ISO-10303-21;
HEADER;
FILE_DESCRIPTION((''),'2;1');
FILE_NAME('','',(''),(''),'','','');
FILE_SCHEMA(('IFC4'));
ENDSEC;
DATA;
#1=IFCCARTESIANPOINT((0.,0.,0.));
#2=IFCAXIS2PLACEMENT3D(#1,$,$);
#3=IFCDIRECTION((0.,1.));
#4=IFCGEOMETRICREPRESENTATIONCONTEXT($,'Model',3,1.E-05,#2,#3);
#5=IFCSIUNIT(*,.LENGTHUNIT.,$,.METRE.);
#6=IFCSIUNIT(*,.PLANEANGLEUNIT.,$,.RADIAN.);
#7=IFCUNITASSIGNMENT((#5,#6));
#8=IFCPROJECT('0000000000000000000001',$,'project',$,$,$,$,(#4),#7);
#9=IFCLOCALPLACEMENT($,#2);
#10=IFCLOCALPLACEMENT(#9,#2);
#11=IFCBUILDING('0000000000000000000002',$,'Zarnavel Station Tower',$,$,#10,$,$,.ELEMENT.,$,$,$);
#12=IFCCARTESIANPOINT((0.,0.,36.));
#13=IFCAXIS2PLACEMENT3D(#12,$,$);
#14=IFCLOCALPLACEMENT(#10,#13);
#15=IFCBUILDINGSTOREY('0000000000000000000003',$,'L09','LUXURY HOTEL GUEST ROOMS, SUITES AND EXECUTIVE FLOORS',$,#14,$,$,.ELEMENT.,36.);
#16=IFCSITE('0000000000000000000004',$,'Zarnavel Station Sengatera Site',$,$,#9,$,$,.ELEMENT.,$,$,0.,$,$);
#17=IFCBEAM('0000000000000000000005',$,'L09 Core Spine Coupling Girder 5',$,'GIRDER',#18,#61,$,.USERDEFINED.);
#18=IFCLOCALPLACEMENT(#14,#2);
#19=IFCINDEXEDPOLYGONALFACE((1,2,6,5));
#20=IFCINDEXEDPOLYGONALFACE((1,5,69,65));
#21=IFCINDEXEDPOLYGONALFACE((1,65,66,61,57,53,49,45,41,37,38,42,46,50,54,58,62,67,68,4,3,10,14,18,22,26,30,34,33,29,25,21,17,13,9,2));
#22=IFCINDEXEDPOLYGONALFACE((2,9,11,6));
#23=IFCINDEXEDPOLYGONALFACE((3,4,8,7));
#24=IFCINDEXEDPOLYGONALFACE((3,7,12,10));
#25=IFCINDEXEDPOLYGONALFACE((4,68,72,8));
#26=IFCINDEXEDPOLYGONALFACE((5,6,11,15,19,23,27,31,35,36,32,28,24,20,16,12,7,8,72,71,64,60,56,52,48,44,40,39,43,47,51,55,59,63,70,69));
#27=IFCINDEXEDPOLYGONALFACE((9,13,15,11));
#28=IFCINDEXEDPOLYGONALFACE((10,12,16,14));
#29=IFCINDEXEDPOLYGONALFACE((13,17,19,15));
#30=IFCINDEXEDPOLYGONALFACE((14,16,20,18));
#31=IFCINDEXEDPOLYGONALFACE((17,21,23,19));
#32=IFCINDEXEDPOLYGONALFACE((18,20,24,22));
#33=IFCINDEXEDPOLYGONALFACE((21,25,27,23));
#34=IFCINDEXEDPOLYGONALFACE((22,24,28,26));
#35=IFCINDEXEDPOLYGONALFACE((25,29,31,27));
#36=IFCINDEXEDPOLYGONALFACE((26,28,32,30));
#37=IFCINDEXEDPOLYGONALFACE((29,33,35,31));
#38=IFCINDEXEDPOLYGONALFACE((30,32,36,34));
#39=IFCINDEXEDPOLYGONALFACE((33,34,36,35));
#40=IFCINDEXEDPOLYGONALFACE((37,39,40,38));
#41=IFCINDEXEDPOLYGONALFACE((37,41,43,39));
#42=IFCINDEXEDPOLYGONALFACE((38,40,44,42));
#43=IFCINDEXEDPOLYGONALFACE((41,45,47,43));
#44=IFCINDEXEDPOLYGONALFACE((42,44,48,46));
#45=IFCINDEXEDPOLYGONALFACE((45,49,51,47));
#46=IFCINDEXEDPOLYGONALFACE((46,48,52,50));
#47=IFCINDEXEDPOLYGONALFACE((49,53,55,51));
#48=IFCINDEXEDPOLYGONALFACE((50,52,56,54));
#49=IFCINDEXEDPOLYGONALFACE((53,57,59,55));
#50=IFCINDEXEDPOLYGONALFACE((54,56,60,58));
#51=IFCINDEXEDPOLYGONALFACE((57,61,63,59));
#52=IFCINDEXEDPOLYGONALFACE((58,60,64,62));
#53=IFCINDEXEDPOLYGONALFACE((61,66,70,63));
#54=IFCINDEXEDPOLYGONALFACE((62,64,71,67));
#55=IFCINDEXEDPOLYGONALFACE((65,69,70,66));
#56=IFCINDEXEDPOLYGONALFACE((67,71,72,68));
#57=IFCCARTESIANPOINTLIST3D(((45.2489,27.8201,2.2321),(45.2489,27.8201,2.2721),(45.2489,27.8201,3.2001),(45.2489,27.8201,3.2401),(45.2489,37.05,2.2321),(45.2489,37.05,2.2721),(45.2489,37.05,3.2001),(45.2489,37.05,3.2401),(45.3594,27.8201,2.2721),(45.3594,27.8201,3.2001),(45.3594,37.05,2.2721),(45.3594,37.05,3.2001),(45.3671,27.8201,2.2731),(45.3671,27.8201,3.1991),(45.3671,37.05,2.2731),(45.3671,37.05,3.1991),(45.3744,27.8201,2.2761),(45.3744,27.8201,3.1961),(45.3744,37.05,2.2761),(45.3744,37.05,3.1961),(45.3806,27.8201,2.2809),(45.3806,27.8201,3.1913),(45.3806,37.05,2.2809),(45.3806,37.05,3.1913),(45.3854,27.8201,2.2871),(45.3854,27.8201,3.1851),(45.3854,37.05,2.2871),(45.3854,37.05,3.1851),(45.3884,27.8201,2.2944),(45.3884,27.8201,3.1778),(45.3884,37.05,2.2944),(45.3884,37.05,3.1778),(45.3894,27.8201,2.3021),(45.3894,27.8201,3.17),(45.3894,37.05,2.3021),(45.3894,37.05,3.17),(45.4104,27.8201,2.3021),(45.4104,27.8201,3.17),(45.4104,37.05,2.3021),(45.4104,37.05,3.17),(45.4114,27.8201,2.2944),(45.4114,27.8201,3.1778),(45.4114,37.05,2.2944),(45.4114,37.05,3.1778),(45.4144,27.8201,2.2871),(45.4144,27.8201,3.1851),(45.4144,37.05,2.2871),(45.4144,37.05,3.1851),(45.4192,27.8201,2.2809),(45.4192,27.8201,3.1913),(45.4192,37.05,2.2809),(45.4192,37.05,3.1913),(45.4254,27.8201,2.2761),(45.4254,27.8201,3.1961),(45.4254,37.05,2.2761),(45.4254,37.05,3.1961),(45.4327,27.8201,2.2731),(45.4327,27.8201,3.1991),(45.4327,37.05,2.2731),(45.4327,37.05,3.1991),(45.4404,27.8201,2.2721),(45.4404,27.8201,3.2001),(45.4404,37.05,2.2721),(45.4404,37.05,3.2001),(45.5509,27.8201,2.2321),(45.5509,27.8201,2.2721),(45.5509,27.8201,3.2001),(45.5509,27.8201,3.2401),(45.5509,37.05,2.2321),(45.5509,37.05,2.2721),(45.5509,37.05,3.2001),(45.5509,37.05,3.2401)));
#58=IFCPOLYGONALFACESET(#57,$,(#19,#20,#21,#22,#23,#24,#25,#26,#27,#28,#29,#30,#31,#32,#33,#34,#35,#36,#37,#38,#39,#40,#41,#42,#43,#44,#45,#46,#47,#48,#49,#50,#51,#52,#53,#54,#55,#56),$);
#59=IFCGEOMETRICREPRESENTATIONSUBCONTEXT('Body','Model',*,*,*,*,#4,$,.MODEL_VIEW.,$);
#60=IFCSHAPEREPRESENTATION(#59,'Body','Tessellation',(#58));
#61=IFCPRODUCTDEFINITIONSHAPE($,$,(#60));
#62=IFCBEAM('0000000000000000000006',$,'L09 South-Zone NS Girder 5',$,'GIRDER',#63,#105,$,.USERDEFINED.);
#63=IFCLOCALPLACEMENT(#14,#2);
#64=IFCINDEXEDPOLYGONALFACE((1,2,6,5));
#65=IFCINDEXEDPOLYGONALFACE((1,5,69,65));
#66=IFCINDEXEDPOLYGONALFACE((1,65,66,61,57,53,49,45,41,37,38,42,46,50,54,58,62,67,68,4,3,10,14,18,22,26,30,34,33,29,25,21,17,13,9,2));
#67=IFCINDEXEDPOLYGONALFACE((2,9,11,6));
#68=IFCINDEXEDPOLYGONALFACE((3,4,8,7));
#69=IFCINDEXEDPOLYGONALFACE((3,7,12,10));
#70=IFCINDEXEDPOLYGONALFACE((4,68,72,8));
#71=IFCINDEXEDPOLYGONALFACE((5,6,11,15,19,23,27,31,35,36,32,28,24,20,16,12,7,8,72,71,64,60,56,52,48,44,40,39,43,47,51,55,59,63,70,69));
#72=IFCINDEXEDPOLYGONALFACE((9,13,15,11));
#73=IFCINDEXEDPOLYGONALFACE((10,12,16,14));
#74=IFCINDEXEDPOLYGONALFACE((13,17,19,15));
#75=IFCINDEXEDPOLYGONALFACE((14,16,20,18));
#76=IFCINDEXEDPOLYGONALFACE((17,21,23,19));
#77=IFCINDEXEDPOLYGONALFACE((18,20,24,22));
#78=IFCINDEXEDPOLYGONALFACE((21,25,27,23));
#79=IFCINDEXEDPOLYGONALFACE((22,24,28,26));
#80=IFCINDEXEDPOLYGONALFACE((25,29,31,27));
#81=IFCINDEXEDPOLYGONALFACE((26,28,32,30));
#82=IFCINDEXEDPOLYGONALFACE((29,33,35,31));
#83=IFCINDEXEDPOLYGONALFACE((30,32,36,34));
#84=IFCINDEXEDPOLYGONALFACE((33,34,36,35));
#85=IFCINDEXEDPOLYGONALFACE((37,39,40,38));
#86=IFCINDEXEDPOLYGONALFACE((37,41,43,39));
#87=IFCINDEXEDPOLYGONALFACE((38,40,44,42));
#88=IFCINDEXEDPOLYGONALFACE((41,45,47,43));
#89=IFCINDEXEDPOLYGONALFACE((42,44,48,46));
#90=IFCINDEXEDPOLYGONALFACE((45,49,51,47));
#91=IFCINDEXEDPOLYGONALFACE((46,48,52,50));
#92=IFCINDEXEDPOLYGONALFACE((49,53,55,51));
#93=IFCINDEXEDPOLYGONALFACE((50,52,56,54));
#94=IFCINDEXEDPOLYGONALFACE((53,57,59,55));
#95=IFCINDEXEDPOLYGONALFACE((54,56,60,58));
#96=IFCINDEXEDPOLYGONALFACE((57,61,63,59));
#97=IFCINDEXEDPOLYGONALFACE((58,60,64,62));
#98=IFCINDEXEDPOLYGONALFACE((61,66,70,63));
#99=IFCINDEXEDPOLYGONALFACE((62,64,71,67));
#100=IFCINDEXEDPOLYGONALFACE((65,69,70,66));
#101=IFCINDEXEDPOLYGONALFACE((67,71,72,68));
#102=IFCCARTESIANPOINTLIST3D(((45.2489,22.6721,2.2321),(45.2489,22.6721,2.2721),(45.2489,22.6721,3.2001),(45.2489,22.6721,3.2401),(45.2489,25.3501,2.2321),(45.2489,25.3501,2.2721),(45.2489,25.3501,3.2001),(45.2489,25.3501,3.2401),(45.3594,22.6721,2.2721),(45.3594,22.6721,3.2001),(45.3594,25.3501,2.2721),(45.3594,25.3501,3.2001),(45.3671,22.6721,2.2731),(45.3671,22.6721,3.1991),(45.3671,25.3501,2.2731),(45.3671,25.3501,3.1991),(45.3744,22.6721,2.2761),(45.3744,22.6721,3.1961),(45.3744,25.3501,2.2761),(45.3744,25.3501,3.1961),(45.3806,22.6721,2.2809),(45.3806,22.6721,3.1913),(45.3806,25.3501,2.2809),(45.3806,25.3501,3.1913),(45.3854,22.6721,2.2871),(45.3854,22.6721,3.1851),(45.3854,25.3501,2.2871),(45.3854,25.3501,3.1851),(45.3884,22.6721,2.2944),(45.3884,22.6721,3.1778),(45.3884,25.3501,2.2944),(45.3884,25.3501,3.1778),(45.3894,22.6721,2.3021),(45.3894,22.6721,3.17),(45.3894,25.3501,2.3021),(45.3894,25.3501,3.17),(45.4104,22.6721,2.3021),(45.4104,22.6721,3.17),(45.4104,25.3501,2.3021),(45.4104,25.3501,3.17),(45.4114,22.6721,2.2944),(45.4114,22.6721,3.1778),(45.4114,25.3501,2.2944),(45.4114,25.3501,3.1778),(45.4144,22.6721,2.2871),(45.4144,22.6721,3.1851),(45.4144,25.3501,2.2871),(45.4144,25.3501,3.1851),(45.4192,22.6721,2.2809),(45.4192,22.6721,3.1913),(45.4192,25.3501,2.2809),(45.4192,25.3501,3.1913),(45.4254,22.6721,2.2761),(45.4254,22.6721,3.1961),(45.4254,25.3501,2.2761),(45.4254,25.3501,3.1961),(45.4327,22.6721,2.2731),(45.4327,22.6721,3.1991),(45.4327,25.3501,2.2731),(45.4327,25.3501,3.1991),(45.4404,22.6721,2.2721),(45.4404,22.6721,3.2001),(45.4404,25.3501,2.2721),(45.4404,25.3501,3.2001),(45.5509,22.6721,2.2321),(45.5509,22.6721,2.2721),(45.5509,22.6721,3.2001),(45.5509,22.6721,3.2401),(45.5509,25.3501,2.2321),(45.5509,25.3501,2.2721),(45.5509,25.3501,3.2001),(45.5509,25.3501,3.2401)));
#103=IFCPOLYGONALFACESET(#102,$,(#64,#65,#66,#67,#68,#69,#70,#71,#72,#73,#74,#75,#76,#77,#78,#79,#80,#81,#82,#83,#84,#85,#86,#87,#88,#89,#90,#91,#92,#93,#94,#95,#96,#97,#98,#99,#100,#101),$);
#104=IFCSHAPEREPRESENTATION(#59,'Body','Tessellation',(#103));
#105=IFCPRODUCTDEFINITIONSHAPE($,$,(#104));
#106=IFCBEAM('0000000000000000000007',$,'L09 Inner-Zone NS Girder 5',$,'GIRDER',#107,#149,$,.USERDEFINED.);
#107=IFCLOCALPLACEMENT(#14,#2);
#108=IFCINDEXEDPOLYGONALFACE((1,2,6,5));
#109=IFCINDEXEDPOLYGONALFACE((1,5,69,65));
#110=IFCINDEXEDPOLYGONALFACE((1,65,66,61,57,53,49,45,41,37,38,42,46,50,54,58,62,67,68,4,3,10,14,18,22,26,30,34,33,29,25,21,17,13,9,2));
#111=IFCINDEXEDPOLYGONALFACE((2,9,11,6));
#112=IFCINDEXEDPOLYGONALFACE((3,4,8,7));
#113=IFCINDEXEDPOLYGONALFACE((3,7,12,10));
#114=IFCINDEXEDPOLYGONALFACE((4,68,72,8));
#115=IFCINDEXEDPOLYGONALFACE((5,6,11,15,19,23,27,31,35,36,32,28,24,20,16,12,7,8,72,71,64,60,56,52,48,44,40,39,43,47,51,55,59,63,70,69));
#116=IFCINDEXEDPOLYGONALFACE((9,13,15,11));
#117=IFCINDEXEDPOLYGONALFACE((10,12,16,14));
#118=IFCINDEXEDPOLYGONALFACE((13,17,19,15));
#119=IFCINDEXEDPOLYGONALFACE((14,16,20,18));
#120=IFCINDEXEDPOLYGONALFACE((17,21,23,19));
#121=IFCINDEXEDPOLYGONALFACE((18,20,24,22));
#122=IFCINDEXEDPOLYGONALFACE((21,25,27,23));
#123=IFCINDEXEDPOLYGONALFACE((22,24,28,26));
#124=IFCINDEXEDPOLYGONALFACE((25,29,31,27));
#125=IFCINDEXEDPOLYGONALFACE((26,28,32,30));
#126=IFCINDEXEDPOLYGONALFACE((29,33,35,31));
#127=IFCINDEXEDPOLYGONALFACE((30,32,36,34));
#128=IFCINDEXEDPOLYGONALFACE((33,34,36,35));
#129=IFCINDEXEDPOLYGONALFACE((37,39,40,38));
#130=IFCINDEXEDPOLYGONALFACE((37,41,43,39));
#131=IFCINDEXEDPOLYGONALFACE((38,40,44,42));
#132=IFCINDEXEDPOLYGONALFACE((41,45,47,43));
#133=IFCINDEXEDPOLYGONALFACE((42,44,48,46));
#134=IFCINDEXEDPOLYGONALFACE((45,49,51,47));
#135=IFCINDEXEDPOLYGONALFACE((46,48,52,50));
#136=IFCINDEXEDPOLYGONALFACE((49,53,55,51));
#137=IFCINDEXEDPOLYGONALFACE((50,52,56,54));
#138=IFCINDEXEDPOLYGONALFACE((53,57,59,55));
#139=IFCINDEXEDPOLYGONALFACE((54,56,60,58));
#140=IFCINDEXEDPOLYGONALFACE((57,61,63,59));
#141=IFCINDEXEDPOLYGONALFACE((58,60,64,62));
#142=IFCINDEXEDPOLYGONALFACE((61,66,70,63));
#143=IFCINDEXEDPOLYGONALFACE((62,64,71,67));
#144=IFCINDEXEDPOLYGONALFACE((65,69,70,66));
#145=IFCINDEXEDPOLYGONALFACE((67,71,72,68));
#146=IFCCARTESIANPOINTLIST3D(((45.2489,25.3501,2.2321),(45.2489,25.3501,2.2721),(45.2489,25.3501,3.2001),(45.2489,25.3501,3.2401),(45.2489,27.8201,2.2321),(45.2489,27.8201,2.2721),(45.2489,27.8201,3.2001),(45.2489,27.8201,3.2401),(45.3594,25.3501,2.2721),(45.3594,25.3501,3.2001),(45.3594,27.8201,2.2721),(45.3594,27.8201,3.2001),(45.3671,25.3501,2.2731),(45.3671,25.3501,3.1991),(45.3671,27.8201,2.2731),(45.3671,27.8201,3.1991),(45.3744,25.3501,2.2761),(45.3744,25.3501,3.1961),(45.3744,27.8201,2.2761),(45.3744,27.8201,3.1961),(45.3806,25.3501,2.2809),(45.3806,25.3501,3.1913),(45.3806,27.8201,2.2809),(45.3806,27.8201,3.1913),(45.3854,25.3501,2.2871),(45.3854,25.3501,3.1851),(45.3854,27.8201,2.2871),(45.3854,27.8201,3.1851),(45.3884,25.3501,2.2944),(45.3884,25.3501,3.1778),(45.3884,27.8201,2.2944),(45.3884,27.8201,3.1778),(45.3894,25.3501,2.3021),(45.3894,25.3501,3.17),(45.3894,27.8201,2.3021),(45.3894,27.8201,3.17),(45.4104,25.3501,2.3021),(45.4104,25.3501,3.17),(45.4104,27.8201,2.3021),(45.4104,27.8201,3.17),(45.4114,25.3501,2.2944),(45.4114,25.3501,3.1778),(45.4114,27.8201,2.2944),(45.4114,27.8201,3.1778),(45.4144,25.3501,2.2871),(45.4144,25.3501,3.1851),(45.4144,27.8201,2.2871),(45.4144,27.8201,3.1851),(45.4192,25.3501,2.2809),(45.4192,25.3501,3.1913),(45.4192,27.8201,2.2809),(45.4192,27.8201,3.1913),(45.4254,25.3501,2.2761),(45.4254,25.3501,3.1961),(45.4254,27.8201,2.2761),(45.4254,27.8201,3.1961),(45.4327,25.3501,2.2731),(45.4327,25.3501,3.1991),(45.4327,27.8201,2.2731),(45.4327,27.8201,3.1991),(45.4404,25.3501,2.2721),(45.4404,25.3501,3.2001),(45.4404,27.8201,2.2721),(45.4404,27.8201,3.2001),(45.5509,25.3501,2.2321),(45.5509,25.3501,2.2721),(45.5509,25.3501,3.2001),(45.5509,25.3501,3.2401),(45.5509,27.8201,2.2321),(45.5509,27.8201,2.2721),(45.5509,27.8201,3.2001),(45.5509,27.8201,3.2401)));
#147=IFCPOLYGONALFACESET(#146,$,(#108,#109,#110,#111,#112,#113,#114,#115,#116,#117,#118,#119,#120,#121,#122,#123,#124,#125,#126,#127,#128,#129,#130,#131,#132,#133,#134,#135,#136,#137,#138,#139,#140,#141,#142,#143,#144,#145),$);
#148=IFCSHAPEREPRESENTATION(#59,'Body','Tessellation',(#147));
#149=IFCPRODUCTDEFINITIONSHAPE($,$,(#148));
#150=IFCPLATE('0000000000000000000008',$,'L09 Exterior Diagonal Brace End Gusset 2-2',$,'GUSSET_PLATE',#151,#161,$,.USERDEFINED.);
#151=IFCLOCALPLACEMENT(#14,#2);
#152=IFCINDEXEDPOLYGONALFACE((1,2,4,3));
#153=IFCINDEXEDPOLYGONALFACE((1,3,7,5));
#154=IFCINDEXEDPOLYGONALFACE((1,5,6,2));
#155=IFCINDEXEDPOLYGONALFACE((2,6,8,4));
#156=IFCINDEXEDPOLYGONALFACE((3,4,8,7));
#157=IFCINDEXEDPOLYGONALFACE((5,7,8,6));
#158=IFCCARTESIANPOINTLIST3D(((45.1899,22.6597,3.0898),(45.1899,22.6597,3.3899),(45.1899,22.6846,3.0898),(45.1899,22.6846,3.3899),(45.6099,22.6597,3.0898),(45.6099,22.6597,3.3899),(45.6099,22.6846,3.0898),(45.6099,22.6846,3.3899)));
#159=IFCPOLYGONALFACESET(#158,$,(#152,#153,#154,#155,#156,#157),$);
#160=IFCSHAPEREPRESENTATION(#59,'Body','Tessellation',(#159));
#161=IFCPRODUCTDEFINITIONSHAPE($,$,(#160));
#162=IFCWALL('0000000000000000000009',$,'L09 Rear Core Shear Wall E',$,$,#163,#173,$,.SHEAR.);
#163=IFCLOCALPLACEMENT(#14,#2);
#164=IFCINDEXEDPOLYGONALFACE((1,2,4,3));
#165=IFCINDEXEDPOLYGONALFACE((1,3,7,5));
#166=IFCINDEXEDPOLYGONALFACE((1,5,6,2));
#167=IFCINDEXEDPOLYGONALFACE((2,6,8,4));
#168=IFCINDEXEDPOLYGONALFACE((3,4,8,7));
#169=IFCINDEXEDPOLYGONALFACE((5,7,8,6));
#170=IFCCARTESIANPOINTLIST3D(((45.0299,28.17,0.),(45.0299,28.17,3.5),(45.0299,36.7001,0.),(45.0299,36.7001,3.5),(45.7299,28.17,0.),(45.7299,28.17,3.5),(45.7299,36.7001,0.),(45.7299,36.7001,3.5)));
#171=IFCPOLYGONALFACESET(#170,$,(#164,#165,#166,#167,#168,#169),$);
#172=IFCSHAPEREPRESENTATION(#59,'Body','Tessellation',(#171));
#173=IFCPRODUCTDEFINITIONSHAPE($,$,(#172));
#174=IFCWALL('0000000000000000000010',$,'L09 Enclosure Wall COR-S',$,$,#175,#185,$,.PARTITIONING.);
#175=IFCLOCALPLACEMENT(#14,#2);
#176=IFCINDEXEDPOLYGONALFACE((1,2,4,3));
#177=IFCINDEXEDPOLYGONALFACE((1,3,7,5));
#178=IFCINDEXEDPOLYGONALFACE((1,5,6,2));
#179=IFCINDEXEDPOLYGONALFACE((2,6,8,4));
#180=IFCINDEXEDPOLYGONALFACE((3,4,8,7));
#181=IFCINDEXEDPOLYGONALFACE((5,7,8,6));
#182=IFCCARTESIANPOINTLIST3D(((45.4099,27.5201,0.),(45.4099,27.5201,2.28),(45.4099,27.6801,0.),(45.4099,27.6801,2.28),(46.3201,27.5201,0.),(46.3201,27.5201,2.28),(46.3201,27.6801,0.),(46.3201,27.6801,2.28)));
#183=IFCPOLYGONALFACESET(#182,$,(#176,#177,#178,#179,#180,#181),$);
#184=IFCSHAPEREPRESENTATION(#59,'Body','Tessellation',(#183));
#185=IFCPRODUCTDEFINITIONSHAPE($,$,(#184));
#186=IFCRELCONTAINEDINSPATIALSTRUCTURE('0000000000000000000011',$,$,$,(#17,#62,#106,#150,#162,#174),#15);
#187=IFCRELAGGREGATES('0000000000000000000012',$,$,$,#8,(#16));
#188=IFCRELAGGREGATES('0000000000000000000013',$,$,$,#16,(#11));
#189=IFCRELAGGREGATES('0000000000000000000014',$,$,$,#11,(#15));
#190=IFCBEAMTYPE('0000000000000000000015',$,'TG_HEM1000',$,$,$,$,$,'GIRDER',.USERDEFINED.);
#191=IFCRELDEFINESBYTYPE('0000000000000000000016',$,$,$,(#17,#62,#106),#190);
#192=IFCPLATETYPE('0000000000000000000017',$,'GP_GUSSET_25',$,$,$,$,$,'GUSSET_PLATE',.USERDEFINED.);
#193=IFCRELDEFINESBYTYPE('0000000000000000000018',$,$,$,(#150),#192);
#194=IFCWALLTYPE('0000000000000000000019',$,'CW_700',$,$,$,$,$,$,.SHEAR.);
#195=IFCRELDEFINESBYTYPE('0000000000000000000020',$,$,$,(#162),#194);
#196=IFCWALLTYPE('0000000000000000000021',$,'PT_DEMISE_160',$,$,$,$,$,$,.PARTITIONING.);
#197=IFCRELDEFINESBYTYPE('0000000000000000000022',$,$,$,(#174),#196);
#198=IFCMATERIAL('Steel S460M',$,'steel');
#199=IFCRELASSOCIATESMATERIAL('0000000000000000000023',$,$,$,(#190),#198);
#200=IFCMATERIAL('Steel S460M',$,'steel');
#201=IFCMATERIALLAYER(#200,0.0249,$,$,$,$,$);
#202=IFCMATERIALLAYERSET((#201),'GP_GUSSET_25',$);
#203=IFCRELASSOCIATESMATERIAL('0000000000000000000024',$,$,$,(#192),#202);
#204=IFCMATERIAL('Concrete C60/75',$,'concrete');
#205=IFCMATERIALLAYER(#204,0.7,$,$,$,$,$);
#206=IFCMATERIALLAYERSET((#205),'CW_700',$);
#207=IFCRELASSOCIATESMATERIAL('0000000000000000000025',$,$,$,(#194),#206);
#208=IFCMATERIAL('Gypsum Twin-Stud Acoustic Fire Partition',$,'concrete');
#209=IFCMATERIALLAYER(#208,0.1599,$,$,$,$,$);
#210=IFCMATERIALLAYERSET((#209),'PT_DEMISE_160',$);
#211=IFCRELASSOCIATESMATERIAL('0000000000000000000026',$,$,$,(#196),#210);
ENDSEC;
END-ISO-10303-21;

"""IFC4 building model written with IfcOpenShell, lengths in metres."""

from ifc_helpers import new_model, si_unit, direction, frame, frame_2d, origin, origin_2d, place, context, subcontext, project, spatial, rectangle, i_section, extrude, material, layer, layer_set, material_profile, profile_set, type_object, element, save


model = new_model("IFC4")

# Units and contexts
model_context = context("Model", 3, precision=1e-05, world=origin(), true_north=direction((0.0, 1.0)))
body_context = subcontext(model_context, "Body", "Model", "MODEL_VIEW")
ifc_project = project(units=[si_unit("LENGTHUNIT", "METRE"), si_unit("PLANEANGLEUNIT", "RADIAN")], contexts=[model_context])

# Site, building, storey
site_placement = place(None, origin())
site = spatial("IfcSite", under=ifc_project, at=site_placement, Name="Zarnavel Station Sengatera Site", CompositionType="ELEMENT", RefElevation=0.0)
building_placement = place(site_placement, origin())
building = spatial("IfcBuilding", under=site, at=building_placement, Name="Zarnavel Station Tower", CompositionType="ELEMENT")
storey_placement = place(building_placement, frame((0.0, 0.0, 36.0)))
storey = spatial("IfcBuildingStorey", under=building, at=storey_placement, Name="L09", Description="LUXURY HOTEL GUEST ROOMS, SUITES AND EXECUTIVE FLOORS", CompositionType="ELEMENT", Elevation=36.0)

# Beams
ifc_material_1 = material(Name="Steel S460M", Category="steel")
ifc_material_profile_1 = material_profile(ifc_material_1, i_section(OverallWidth=0.302, OverallDepth=1.0081, WebThickness=0.021, FlangeThickness=0.04, FilletRadius=0.03, at=origin_2d()), Name="HEM1000")
ifc_profile_set_1 = profile_set([ifc_material_profile_1], Name="Steel S460M")
beam_type_1 = type_object("IfcBeamType", Name="TG_HEM1000", ElementType="GIRDER", PredefinedType="USERDEFINED", material=ifc_profile_set_1)
beam_1_placement = place(storey_placement, frame((45.3999, 27.8201, 2.7361), z_axis=(0.0, 1.0, 0.0), x_axis=(-1.0, 0.0, 0.0)))
element("IfcBeam", 1, at=beam_1_placement, inside=storey, type_object=beam_type_1, Name="L09 Core Spine Coupling Girder 5", ObjectType="GIRDER", PredefinedType="USERDEFINED", context=body_context, shape_type="SweptSolid", body=[
    extrude(i_section(OverallWidth=0.302, OverallDepth=1.0081, WebThickness=0.021, FlangeThickness=0.04, FilletRadius=0.03, at=origin_2d()), origin(), (0.0, 0.0, 1.0), 9.23),
])
beam_2_placement = place(storey_placement, frame((45.3999, 22.6721, 2.7361), z_axis=(0.0, 1.0, 0.0), x_axis=(-1.0, 0.0, 0.0)))
element("IfcBeam", 2, at=beam_2_placement, inside=storey, type_object=beam_type_1, Name="L09 South-Zone NS Girder 5", ObjectType="GIRDER", PredefinedType="USERDEFINED", context=body_context, shape_type="SweptSolid", body=[
    extrude(i_section(OverallWidth=0.302, OverallDepth=1.0081, WebThickness=0.021, FlangeThickness=0.04, FilletRadius=0.03, at=origin_2d()), origin(), (0.0, 0.0, 1.0), 2.678),
])
beam_3_placement = place(storey_placement, frame((45.3999, 25.3501, 2.7361), z_axis=(0.0, 1.0, 0.0), x_axis=(-1.0, 0.0, 0.0)))
element("IfcBeam", 3, at=beam_3_placement, inside=storey, type_object=beam_type_1, Name="L09 Inner-Zone NS Girder 5", ObjectType="GIRDER", PredefinedType="USERDEFINED", context=body_context, shape_type="SweptSolid", body=[
    extrude(i_section(OverallWidth=0.302, OverallDepth=1.0081, WebThickness=0.021, FlangeThickness=0.04, FilletRadius=0.03, at=origin_2d()), origin(), (0.0, 0.0, 1.0), 2.47),
])

# Plate
ifc_material_2 = material(Name="Steel S460M", Category="steel")
ifc_layer_1 = layer(ifc_material_2, 0.0249)
ifc_layer_set_1 = layer_set([ifc_layer_1], Name="GP_GUSSET_25")
plate_type = type_object("IfcPlateType", Name="GP_GUSSET_25", ElementType="GUSSET_PLATE", PredefinedType="USERDEFINED", material=ifc_layer_set_1)
plate_placement = place(storey_placement, frame((45.3999, 22.6721, 3.0898), z_axis=(0.0, 0.0, 1.0), x_axis=(1.0, 0.0, 0.0)))
element("IfcPlate", 4, at=plate_placement, inside=storey, type_object=plate_type, Name="L09 Exterior Diagonal Brace End Gusset 2-2", ObjectType="GUSSET_PLATE", PredefinedType="USERDEFINED", context=body_context, shape_type="SweptSolid", body=[
    extrude(rectangle(XDim=0.4199, YDim=0.0249, at=origin_2d()), origin(), (0.0, 0.0, 1.0), 0.3),
])

# Shared definitions
ifc_material_3 = material(Name="Concrete C60/75", Category="concrete")
ifc_layer_2 = layer(ifc_material_3, 0.7)
ifc_layer_set_2 = layer_set([ifc_layer_2], Name="CW_700")
wall_type_1 = type_object("IfcWallType", Name="CW_700", PredefinedType="SHEAR", material=ifc_layer_set_2)

# Wall
wall_1_placement = place(storey_placement, frame((45.3799, 28.1699, 0.0), z_axis=(0.0, 0.0, 1.0), x_axis=(0.0, 1.0, 0.0)))
element("IfcWall", 5, at=wall_1_placement, inside=storey, type_object=wall_type_1, Name="L09 Rear Core Shear Wall E", PredefinedType="SHEAR", context=body_context, shape_type="SweptSolid", body=[
    extrude(rectangle(XDim=8.53, YDim=0.7, at=frame_2d((4.2651, 0.0))), origin(), (0.0, 0.0, 1.0), 3.5),
])

# Shared definitions
ifc_material_4 = material(Name="Gypsum Twin-Stud Acoustic Fire Partition", Category="concrete")
ifc_layer_3 = layer(ifc_material_4, 0.1599)
ifc_layer_set_3 = layer_set([ifc_layer_3], Name="PT_DEMISE_160")
wall_type_2 = type_object("IfcWallType", Name="PT_DEMISE_160", PredefinedType="PARTITIONING", material=ifc_layer_set_3)

# Wall
wall_2_placement = place(storey_placement, frame((45.4099, 27.6001, 0.0), z_axis=(0.0, 0.0, 1.0), x_axis=(1.0, 0.0, 0.0)))
element("IfcWall", 6, at=wall_2_placement, inside=storey, type_object=wall_type_2, Name="L09 Enclosure Wall COR-S", PredefinedType="PARTITIONING", context=body_context, shape_type="SweptSolid", body=[
    extrude(rectangle(XDim=0.9102, YDim=0.1599, at=frame_2d((0.4551, 0.0))), origin(), (0.0, 0.0, 1.0), 2.28),
])

save(model, "model.ifc")
